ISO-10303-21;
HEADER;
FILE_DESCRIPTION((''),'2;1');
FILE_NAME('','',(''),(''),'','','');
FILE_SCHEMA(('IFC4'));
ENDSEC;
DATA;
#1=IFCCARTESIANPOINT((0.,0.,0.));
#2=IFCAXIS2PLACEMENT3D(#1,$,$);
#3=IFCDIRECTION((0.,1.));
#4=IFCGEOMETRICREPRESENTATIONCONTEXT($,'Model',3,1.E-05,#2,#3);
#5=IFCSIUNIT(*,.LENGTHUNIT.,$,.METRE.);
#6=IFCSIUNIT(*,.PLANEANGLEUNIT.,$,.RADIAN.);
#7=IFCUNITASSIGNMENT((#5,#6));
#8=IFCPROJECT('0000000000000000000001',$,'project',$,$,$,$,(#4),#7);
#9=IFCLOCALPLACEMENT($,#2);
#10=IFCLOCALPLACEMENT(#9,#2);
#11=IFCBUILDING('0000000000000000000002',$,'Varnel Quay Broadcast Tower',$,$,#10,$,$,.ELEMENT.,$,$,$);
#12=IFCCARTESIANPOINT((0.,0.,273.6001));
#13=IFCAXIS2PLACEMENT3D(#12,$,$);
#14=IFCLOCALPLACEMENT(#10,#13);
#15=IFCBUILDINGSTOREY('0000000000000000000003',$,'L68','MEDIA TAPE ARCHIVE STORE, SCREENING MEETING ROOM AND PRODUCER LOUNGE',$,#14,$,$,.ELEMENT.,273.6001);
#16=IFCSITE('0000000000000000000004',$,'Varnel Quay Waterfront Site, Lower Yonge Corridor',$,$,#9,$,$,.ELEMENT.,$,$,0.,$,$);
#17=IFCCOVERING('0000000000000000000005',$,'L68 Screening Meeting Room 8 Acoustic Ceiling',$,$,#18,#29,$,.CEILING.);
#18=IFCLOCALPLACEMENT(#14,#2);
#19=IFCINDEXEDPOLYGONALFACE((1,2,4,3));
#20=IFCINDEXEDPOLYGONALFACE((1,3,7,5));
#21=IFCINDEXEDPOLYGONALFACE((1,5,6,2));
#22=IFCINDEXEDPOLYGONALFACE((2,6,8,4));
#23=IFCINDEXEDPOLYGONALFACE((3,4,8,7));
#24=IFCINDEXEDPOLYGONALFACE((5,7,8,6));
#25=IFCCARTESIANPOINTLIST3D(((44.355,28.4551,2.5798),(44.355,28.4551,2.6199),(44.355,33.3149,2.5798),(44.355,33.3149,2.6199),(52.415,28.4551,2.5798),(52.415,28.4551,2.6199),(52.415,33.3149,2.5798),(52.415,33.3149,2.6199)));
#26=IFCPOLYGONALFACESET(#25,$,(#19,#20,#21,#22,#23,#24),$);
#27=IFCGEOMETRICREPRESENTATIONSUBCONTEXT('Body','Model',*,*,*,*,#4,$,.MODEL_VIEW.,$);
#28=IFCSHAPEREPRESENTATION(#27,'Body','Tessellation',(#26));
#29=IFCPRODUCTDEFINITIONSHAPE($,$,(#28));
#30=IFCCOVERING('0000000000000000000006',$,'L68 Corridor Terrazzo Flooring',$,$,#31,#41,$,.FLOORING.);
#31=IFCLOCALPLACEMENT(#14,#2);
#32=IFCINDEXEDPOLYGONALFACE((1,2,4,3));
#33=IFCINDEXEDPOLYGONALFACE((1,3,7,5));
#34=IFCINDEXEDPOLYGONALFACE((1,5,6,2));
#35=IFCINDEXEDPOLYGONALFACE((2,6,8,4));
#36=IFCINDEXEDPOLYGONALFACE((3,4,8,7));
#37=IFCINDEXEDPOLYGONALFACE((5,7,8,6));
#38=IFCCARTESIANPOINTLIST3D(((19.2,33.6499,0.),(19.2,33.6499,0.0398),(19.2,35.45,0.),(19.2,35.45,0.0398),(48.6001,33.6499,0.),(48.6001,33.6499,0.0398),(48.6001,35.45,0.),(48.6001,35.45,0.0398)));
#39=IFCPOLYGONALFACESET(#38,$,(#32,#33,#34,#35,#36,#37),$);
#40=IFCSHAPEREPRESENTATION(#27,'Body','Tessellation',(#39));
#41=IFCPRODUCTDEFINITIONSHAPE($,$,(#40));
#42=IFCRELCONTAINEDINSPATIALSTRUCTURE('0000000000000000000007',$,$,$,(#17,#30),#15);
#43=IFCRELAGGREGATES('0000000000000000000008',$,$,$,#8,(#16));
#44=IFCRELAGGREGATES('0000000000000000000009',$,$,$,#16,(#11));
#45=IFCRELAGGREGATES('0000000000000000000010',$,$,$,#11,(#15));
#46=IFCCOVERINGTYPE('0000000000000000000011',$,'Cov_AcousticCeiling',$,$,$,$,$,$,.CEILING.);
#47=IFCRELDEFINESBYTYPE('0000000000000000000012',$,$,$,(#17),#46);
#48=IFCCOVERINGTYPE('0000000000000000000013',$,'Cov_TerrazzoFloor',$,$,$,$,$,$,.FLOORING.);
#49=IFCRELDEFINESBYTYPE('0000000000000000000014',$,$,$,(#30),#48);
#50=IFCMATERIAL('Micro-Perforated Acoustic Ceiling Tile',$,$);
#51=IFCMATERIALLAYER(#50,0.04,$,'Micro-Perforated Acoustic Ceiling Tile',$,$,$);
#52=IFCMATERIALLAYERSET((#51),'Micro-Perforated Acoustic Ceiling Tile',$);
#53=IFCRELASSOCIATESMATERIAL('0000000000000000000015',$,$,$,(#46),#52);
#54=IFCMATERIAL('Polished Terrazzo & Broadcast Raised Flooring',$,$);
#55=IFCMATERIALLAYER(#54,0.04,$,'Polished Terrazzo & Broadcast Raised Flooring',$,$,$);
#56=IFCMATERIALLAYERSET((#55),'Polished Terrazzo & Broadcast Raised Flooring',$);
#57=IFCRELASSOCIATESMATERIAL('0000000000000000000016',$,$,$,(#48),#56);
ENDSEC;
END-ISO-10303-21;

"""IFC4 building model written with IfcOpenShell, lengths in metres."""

from ifc_helpers import new_model, si_unit, direction, frame, origin, place, context, subcontext, project, spatial, polyline, outline, extrude, material, layer, layer_set, type_object, element, save


model = new_model("IFC4")

# Units and contexts
model_context = context("Model", 3, precision=1e-05, world=origin(), true_north=direction((0.0, 1.0)))
body_context = subcontext(model_context, "Body", "Model", "MODEL_VIEW")
ifc_project = project(units=[si_unit("LENGTHUNIT", "METRE"), si_unit("PLANEANGLEUNIT", "RADIAN")], contexts=[model_context])

# Site, building, storey
site_placement = place(None, origin())
site = spatial("IfcSite", under=ifc_project, at=site_placement, Name="Varnel Quay Waterfront Site, Lower Yonge Corridor", CompositionType="ELEMENT", RefElevation=0.0)
building_placement = place(site_placement, origin())
building = spatial("IfcBuilding", under=site, at=building_placement, Name="Varnel Quay Broadcast Tower", CompositionType="ELEMENT")
storey_placement = place(building_placement, frame((0.0, 0.0, 273.6001)))
storey = spatial("IfcBuildingStorey", under=building, at=storey_placement, Name="L68", Description="MEDIA TAPE ARCHIVE STORE, SCREENING MEETING ROOM AND PRODUCER LOUNGE", CompositionType="ELEMENT", Elevation=273.6001)

# Coverings
ifc_material_1 = material(Name="Micro-Perforated Acoustic Ceiling Tile")
ifc_layer_1 = layer(ifc_material_1, 0.04, Name="Micro-Perforated Acoustic Ceiling Tile")
ifc_layer_set_1 = layer_set([ifc_layer_1], Name="Micro-Perforated Acoustic Ceiling Tile")
covering_type_1 = type_object("IfcCoveringType", Name="Cov_AcousticCeiling", PredefinedType="CEILING", material=ifc_layer_set_1)
covering_1_placement = place(storey_placement, frame((0.0, 0.0, 2.5798)))
element("IfcCovering", 1, at=covering_1_placement, inside=storey, type_object=covering_type_1, Name="L68 Screening Meeting Room 8 Acoustic Ceiling", PredefinedType="CEILING", context=body_context, shape_type="SweptSolid", body=[
    extrude(outline(polyline([(44.355, 28.4551), (52.415, 28.4551), (52.415, 33.3149), (44.355, 33.3149), (44.355, 28.4551)])), origin(), (0.0, 0.0, 1.0), 0.04),
])
ifc_material_2 = material(Name="Polished Terrazzo & Broadcast Raised Flooring")
ifc_layer_2 = layer(ifc_material_2, 0.04, Name="Polished Terrazzo & Broadcast Raised Flooring")
ifc_layer_set_2 = layer_set([ifc_layer_2], Name="Polished Terrazzo & Broadcast Raised Flooring")
covering_type_2 = type_object("IfcCoveringType", Name="Cov_TerrazzoFloor", PredefinedType="FLOORING", material=ifc_layer_set_2)
covering_2_placement = place(storey_placement, origin())
element("IfcCovering", 2, at=covering_2_placement, inside=storey, type_object=covering_type_2, Name="L68 Corridor Terrazzo Flooring", PredefinedType="FLOORING", context=body_context, shape_type="SweptSolid", body=[
    extrude(outline(polyline([(19.2, 33.6499), (48.6001, 33.6499), (48.6001, 35.45), (19.2, 35.45), (19.2, 33.6499)])), origin(), (0.0, 0.0, 1.0), 0.0398),
])

save(model, "model.ifc")
